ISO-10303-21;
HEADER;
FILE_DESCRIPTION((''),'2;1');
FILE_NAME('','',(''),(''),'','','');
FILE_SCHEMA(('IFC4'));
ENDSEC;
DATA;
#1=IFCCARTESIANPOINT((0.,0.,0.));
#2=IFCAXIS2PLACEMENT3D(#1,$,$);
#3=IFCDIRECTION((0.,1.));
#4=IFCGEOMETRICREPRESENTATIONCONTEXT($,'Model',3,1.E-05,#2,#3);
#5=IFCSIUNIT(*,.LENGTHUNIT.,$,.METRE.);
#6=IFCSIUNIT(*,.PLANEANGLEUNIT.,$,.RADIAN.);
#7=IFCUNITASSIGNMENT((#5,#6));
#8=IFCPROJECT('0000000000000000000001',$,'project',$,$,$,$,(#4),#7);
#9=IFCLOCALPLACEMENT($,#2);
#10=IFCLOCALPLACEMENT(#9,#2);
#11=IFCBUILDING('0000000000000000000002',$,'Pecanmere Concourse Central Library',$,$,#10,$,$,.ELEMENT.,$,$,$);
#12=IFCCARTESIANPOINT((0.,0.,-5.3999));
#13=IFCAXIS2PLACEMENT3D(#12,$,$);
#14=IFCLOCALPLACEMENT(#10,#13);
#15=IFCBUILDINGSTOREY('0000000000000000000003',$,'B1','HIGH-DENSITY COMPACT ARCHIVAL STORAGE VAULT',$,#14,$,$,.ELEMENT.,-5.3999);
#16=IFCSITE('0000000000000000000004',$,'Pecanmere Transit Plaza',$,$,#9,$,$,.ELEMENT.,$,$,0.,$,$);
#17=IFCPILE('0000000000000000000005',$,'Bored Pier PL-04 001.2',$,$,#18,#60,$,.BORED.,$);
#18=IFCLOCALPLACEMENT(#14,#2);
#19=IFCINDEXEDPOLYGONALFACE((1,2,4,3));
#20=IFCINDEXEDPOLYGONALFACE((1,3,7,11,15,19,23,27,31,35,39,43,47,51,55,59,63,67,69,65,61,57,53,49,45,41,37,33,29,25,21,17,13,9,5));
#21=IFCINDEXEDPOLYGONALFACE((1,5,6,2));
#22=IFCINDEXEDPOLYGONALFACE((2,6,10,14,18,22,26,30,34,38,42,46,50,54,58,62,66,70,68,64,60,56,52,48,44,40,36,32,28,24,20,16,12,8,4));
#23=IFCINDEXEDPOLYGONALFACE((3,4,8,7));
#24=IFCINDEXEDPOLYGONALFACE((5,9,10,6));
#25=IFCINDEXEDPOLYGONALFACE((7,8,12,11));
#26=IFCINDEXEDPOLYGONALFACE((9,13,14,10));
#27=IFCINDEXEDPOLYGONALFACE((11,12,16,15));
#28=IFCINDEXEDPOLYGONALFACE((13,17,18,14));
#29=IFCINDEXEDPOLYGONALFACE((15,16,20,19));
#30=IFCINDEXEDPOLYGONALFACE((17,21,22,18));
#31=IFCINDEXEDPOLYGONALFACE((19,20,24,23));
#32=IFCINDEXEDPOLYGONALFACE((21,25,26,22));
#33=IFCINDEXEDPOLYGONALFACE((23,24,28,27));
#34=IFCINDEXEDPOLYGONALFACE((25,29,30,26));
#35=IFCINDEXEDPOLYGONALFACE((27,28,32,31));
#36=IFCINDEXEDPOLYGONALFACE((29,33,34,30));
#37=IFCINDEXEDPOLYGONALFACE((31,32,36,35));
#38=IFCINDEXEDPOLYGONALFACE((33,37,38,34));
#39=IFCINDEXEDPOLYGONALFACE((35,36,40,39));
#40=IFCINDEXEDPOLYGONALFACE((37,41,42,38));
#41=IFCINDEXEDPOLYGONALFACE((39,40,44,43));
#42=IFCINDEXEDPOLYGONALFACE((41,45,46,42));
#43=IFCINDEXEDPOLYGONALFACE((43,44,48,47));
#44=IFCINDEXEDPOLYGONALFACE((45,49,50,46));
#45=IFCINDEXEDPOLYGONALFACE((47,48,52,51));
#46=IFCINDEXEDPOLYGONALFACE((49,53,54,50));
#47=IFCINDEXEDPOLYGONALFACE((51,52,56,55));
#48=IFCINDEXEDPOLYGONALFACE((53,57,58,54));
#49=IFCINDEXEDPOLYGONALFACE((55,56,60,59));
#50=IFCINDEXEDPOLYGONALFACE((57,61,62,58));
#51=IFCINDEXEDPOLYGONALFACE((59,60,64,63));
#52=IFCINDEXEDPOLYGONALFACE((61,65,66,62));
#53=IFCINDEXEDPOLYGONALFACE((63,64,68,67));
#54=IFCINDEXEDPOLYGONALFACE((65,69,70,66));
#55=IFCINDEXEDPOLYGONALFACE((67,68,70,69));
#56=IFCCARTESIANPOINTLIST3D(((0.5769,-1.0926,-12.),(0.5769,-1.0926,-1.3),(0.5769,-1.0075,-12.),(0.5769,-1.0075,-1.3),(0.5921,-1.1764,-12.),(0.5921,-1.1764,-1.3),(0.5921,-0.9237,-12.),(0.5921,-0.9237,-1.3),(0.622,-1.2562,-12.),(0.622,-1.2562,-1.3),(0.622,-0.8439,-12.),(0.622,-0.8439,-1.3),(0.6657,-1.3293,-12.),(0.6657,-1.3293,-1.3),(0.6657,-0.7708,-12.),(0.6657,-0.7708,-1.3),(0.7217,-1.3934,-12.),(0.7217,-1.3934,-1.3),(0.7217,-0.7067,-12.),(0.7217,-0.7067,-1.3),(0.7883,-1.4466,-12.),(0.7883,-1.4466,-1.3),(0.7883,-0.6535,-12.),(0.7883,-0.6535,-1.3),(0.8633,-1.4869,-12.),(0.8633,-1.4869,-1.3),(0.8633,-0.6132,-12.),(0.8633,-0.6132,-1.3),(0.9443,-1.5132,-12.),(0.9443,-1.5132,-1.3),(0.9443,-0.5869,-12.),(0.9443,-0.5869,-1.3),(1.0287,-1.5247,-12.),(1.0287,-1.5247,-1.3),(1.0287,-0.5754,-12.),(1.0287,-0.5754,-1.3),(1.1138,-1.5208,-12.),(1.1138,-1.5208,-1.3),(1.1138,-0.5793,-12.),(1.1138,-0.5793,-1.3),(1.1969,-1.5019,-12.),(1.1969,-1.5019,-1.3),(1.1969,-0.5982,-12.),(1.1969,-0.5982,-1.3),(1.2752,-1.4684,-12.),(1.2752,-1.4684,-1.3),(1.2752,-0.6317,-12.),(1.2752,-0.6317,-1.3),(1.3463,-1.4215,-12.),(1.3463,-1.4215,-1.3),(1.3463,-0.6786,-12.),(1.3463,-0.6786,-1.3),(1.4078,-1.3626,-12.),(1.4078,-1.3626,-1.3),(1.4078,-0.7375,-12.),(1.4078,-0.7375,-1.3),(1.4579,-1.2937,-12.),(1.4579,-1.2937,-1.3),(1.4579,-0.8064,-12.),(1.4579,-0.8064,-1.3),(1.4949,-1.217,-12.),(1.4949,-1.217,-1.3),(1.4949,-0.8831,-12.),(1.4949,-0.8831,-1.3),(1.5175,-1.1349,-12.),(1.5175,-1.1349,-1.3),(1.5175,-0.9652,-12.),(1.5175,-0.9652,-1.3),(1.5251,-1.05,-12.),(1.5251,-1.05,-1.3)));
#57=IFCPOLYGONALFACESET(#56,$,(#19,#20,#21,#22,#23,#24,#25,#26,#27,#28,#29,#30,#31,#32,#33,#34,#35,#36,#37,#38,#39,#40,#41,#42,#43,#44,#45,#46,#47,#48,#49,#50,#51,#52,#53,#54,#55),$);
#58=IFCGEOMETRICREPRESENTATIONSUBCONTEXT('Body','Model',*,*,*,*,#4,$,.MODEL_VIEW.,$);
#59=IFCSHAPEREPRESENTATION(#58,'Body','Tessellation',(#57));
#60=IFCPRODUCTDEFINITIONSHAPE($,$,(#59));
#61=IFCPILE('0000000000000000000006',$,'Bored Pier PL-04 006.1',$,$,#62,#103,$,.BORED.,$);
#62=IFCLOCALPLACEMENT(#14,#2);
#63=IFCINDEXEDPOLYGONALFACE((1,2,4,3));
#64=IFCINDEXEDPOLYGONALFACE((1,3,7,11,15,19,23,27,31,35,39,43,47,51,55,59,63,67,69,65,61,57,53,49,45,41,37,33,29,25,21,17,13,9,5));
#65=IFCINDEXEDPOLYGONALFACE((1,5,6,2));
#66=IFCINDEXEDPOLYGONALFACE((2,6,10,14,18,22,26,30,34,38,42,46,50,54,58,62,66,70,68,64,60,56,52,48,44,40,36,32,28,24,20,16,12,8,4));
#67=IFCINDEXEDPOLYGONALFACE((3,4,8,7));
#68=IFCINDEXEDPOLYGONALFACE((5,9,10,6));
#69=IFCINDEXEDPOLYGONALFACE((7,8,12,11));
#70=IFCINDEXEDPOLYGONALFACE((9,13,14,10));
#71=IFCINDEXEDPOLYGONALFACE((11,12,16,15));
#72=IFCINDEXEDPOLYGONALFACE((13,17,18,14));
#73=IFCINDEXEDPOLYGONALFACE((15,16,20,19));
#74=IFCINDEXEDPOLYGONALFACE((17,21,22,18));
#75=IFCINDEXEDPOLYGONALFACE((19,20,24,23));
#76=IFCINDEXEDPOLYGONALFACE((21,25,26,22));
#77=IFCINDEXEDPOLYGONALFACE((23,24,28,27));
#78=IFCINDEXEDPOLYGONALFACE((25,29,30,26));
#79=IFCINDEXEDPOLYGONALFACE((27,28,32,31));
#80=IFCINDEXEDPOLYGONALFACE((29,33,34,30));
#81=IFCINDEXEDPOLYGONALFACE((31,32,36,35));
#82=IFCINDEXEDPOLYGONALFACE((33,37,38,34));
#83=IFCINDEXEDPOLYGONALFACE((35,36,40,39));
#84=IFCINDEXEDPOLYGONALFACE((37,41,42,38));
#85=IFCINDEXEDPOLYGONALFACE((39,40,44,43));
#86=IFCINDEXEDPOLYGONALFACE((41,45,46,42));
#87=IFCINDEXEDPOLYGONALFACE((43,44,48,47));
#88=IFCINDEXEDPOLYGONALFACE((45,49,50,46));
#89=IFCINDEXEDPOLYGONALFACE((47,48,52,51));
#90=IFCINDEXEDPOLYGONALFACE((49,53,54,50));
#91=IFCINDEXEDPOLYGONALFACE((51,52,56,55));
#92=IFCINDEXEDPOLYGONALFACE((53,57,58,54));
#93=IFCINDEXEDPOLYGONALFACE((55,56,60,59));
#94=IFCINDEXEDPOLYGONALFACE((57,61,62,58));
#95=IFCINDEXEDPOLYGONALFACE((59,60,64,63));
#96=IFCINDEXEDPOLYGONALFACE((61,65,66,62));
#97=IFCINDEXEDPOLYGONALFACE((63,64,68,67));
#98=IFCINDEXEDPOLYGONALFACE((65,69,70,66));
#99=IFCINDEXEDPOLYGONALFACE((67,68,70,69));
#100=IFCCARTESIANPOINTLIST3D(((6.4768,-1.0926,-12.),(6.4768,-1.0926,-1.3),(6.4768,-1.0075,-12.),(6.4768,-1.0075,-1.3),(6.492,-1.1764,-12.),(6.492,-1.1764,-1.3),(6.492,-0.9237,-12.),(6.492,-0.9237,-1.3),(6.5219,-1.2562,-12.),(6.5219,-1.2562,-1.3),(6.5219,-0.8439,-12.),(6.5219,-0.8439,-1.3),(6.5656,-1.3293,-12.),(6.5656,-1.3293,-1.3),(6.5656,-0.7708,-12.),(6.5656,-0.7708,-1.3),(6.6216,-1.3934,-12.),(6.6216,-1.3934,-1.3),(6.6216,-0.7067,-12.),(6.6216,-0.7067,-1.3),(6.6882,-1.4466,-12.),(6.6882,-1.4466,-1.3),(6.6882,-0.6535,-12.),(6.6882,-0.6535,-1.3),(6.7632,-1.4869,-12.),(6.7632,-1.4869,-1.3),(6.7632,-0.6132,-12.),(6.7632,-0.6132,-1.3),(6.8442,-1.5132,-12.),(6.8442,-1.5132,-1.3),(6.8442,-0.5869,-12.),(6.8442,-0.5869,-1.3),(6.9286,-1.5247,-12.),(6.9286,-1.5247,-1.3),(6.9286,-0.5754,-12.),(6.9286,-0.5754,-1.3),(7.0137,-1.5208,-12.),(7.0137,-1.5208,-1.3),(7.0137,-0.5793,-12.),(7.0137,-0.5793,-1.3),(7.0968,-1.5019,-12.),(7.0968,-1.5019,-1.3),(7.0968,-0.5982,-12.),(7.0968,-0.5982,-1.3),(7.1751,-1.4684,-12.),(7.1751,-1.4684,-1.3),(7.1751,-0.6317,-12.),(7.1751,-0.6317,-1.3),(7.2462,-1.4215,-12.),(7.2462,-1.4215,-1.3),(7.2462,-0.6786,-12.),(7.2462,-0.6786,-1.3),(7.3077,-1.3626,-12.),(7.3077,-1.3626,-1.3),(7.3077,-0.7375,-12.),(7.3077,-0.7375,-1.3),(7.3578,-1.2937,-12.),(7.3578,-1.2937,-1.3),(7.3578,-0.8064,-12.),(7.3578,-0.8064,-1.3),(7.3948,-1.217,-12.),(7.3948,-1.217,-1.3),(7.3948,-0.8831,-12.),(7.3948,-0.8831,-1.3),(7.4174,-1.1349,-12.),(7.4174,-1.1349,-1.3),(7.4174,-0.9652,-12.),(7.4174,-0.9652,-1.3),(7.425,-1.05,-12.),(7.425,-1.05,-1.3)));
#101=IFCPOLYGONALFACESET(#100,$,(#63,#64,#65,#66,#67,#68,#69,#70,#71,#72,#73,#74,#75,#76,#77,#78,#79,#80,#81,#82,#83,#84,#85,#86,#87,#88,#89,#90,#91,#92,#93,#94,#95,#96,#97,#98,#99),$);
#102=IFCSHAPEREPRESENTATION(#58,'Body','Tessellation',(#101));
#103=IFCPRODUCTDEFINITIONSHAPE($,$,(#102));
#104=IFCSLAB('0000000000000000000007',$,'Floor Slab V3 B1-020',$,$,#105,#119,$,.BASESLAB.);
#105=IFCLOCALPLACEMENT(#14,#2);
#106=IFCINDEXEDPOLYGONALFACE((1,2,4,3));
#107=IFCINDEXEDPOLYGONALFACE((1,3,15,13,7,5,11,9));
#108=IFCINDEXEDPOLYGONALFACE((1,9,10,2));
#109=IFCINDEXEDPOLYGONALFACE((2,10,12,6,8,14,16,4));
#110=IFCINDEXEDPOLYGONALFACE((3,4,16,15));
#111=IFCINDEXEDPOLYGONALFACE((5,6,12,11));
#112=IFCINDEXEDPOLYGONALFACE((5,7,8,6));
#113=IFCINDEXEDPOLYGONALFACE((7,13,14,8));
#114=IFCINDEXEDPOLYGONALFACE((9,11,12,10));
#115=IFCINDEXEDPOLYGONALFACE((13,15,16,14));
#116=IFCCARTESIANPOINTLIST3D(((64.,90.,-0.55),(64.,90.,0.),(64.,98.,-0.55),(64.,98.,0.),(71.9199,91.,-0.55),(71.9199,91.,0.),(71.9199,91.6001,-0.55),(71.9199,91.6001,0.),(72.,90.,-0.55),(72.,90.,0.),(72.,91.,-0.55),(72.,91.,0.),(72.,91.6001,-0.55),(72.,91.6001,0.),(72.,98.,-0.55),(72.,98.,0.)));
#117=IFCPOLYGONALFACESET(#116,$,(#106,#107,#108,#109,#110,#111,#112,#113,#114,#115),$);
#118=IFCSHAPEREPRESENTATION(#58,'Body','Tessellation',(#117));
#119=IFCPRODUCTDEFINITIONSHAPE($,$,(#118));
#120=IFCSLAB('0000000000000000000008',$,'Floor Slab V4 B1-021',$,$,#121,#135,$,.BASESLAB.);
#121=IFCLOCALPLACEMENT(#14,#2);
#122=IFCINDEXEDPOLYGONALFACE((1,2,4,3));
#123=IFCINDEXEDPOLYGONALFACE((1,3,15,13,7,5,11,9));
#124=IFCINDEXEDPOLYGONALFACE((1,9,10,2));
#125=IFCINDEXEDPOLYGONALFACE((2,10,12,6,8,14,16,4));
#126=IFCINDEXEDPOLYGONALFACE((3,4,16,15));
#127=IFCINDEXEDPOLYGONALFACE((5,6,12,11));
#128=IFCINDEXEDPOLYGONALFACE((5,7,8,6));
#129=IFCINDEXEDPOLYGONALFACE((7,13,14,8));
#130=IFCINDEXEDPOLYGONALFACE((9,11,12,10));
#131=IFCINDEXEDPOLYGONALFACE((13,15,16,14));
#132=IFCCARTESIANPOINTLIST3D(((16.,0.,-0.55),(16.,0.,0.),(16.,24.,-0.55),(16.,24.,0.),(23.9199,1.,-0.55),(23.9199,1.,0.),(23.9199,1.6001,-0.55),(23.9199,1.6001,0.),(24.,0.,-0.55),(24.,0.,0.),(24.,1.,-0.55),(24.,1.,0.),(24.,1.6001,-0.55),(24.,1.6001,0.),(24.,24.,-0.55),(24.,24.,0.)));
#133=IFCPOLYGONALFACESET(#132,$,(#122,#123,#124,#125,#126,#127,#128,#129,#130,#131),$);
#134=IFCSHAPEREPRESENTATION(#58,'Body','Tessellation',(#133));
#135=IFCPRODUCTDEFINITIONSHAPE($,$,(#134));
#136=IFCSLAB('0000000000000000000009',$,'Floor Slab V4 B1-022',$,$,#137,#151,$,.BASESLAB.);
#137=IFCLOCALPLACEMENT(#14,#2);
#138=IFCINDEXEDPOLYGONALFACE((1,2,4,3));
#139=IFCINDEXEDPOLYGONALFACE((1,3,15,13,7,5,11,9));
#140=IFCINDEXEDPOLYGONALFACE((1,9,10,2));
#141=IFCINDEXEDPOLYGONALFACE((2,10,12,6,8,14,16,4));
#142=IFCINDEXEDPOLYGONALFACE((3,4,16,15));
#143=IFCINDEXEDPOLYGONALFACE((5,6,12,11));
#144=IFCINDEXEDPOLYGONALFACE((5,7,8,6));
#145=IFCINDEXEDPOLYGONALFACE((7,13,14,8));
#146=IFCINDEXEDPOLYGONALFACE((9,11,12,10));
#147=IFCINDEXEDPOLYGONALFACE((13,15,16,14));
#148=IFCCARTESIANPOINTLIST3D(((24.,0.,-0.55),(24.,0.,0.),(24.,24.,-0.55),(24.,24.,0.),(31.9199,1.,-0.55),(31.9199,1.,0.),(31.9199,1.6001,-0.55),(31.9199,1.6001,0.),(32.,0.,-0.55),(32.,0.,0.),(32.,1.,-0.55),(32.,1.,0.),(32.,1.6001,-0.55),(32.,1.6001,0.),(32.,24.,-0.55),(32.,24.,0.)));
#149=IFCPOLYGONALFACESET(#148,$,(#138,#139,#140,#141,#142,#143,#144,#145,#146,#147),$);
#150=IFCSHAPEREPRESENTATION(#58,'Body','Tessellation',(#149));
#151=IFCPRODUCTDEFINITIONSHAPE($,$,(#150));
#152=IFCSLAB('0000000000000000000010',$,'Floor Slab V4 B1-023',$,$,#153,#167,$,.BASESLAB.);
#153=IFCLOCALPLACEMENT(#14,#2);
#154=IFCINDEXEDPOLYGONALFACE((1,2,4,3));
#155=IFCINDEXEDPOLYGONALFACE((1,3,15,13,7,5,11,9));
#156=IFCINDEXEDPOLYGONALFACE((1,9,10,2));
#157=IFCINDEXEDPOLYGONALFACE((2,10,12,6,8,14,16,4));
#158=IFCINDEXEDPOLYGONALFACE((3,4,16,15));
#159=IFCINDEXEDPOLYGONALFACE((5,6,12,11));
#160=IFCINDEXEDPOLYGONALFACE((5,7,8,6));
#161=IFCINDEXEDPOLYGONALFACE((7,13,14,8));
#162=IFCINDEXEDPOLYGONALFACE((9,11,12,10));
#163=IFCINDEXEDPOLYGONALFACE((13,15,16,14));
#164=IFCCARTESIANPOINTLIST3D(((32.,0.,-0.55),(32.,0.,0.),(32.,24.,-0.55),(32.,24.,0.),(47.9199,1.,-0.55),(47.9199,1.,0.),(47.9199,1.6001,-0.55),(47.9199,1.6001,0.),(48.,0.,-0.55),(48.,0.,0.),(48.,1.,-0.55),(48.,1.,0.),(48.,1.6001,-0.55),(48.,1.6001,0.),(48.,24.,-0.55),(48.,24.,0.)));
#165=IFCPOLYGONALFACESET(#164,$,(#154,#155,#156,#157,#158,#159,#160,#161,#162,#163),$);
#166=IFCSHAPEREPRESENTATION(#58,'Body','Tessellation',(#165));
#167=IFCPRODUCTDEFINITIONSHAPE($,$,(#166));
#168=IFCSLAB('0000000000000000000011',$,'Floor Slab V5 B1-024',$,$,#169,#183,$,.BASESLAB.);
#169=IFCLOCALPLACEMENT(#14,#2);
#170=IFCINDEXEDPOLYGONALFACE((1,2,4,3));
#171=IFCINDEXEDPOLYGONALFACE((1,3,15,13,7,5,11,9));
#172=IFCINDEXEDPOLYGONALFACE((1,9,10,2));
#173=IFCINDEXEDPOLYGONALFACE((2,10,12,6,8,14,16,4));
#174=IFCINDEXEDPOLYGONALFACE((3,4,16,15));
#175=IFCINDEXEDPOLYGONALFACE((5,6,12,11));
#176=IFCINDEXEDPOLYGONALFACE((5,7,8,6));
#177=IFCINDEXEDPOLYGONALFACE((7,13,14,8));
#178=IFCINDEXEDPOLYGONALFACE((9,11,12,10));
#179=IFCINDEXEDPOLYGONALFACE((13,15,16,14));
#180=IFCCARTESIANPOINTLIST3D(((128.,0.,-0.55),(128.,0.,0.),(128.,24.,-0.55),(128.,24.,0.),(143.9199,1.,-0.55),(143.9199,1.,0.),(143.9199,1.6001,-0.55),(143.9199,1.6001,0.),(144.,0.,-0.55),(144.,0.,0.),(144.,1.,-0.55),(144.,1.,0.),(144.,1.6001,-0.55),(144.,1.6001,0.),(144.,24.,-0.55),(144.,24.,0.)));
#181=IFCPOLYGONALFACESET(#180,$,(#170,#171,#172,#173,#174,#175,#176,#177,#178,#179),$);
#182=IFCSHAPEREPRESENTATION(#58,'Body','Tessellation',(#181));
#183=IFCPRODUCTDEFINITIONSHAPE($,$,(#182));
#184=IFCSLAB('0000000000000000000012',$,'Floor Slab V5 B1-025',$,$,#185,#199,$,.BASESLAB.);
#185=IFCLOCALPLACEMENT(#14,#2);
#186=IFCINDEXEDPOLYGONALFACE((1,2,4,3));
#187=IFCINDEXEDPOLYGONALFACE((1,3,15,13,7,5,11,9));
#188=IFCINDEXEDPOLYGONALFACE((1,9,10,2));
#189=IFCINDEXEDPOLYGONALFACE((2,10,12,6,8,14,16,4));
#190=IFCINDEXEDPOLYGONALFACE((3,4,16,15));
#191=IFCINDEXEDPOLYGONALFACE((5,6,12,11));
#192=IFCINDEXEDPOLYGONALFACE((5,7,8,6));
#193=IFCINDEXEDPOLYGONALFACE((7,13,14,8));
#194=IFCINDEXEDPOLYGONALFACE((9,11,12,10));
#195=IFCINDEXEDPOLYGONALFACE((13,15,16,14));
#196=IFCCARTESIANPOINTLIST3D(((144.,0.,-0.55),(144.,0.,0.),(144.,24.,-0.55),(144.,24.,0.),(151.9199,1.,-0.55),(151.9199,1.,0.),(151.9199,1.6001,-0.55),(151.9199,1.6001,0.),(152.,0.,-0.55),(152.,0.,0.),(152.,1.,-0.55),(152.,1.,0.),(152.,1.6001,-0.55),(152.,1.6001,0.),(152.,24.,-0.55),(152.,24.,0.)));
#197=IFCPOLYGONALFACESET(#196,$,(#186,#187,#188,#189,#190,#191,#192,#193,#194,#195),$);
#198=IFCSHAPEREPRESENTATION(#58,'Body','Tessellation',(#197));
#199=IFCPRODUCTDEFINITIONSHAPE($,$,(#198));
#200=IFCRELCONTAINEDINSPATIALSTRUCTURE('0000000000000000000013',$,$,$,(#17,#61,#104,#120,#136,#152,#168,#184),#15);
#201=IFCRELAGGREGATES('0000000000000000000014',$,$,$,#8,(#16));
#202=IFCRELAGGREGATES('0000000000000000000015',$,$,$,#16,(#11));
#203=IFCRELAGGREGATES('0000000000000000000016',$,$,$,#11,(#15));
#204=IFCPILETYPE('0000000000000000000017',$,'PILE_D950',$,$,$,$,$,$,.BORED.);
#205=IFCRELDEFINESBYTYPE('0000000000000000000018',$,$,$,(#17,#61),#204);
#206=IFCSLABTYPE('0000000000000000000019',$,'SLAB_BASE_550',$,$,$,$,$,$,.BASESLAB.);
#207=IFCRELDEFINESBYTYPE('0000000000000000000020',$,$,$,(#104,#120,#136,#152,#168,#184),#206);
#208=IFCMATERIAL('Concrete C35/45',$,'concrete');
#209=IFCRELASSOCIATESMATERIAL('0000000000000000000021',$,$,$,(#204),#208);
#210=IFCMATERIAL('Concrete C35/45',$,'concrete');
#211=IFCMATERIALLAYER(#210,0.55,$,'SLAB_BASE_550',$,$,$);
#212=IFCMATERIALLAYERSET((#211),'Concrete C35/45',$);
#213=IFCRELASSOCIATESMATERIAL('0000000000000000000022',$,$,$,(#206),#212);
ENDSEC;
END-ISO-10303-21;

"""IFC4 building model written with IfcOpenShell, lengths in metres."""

from ifc_helpers import new_model, si_unit, direction, frame, origin, origin_2d, place, context, subcontext, project, spatial, polyline, circle, outline, extrude, material, layer, layer_set, material_profile, profile_set, type_object, element, save


model = new_model("IFC4")

# Units and contexts
model_context = context("Model", 3, precision=1e-05, world=origin(), true_north=direction((0.0, 1.0)))
body_context = subcontext(model_context, "Body", "Model", "MODEL_VIEW")
ifc_project = project(units=[si_unit("LENGTHUNIT", "METRE"), si_unit("PLANEANGLEUNIT", "RADIAN")], contexts=[model_context])

# Site, building, storey
site_placement = place(None, origin())
site = spatial("IfcSite", under=ifc_project, at=site_placement, Name="Pecanmere Transit Plaza", CompositionType="ELEMENT", RefElevation=0.0)
building_placement = place(site_placement, origin())
building = spatial("IfcBuilding", under=site, at=building_placement, Name="Pecanmere Concourse Central Library", CompositionType="ELEMENT")
storey_placement = place(building_placement, frame((0.0, 0.0, -5.3999)))
storey = spatial("IfcBuildingStorey", under=building, at=storey_placement, Name="B1", Description="HIGH-DENSITY COMPACT ARCHIVAL STORAGE VAULT", CompositionType="ELEMENT", Elevation=-5.3999)

# Piles
ifc_material_1 = material(Name="Concrete C35/45", Category="concrete")
ifc_material_profile = material_profile(ifc_material_1, circle(Radius=0.4751, at=origin_2d()), Name="PIER D950")
ifc_profile_set = profile_set([ifc_material_profile], Name="Concrete C35/45")
pile_type = type_object("IfcPileType", Name="PILE_D950", PredefinedType="BORED", material=ifc_profile_set)
for number, where, z_axis, x_axis, name in (
    (1, (1.05, -1.05, -1.3), (0.0, 0.0, -1.0), (1.0, 0.0, 0.0), "Bored Pier PL-04 001.2"),
    (2, (6.95, -1.05, -1.3), (0.0, 0.0, -1.0), (1.0, 0.0, 0.0), "Bored Pier PL-04 006.1"),
):
    element("IfcPile", number, at=place(storey_placement, frame(where, z_axis=z_axis, x_axis=x_axis)), inside=storey, type_object=pile_type, Name=name, PredefinedType="BORED", context=body_context, shape_type="SweptSolid", body=[
        extrude(circle(Radius=0.4751, at=origin_2d()), origin(), (0.0, 0.0, 1.0), 10.7),
    ])

# Slabs
ifc_material_2 = material(Name="Concrete C35/45", Category="concrete")
ifc_layer_1 = layer(ifc_material_2, 0.55, Name="SLAB_BASE_550")
ifc_layer_set_1 = layer_set([ifc_layer_1], Name="Concrete C35/45")
slab_type_1 = type_object("IfcSlabType", Name="SLAB_BASE_550", PredefinedType="BASESLAB", material=ifc_layer_set_1)
slab_1_placement = place(storey_placement, frame((0.0, 0.0, -0.55)))
element("IfcSlab", 3, at=slab_1_placement, inside=storey, type_object=slab_type_1, Name="Floor Slab V3 B1-020", PredefinedType="BASESLAB", context=body_context, shape_type="SweptSolid", body=[
    extrude(outline(polyline([(64.0, 90.0), (64.0, 98.0), (72.0, 98.0), (72.0, 91.6001), (71.9199, 91.6001), (71.9199, 91.0), (72.0, 91.0), (72.0, 90.0), (64.0, 90.0)])), origin(), (0.0, 0.0, 1.0), 0.55),
])
slab_2_placement = place(storey_placement, frame((0.0, 0.0, -0.55)))
element("IfcSlab", 4, at=slab_2_placement, inside=storey, type_object=slab_type_1, Name="Floor Slab V4 B1-021", PredefinedType="BASESLAB", context=body_context, shape_type="SweptSolid", body=[
    extrude(outline(polyline([(24.0, 1.6001), (23.9199, 1.6001), (23.9199, 1.0), (24.0, 1.0), (24.0, 0.0), (16.0, 0.0), (16.0, 24.0), (24.0, 24.0), (24.0, 1.6001)])), origin(), (0.0, 0.0, 1.0), 0.55),
])
slab_3_placement = place(storey_placement, frame((0.0, 0.0, -0.55)))
element("IfcSlab", 5, at=slab_3_placement, inside=storey, type_object=slab_type_1, Name="Floor Slab V4 B1-022", PredefinedType="BASESLAB", context=body_context, shape_type="SweptSolid", body=[
    extrude(outline(polyline([(24.0, 0.0), (24.0, 24.0), (32.0, 24.0), (32.0, 1.6001), (31.9199, 1.6001), (31.9199, 1.0), (32.0, 1.0), (32.0, 0.0), (24.0, 0.0)])), origin(), (0.0, 0.0, 1.0), 0.55),
])
slab_4_placement = place(storey_placement, frame((0.0, 0.0, -0.55)))
element("IfcSlab", 6, at=slab_4_placement, inside=storey, type_object=slab_type_1, Name="Floor Slab V4 B1-023", PredefinedType="BASESLAB", context=body_context, shape_type="SweptSolid", body=[
    extrude(outline(polyline([(32.0, 0.0), (32.0, 24.0), (48.0, 24.0), (48.0, 1.6001), (47.9199, 1.6001), (47.9199, 1.0), (48.0, 1.0), (48.0, 0.0), (32.0, 0.0)])), origin(), (0.0, 0.0, 1.0), 0.55),
])
slab_5_placement = place(storey_placement, frame((0.0, 0.0, -0.55)))
element("IfcSlab", 7, at=slab_5_placement, inside=storey, type_object=slab_type_1, Name="Floor Slab V5 B1-024", PredefinedType="BASESLAB", context=body_context, shape_type="SweptSolid", body=[
    extrude(outline(polyline([(144.0, 1.6001), (143.9199, 1.6001), (143.9199, 1.0), (144.0, 1.0), (144.0, 0.0), (128.0, 0.0), (128.0, 24.0), (144.0, 24.0), (144.0, 1.6001)])), origin(), (0.0, 0.0, 1.0), 0.55),
])
slab_6_placement = place(storey_placement, frame((0.0, 0.0, -0.55)))
element("IfcSlab", 8, at=slab_6_placement, inside=storey, type_object=slab_type_1, Name="Floor Slab V5 B1-025", PredefinedType="BASESLAB", context=body_context, shape_type="SweptSolid", body=[
    extrude(outline(polyline([(144.0, 0.0), (144.0, 24.0), (152.0, 24.0), (152.0, 1.6001), (151.9199, 1.6001), (151.9199, 1.0), (152.0, 1.0), (152.0, 0.0), (144.0, 0.0)])), origin(), (0.0, 0.0, 1.0), 0.55),
])

save(model, "model.ifc")
